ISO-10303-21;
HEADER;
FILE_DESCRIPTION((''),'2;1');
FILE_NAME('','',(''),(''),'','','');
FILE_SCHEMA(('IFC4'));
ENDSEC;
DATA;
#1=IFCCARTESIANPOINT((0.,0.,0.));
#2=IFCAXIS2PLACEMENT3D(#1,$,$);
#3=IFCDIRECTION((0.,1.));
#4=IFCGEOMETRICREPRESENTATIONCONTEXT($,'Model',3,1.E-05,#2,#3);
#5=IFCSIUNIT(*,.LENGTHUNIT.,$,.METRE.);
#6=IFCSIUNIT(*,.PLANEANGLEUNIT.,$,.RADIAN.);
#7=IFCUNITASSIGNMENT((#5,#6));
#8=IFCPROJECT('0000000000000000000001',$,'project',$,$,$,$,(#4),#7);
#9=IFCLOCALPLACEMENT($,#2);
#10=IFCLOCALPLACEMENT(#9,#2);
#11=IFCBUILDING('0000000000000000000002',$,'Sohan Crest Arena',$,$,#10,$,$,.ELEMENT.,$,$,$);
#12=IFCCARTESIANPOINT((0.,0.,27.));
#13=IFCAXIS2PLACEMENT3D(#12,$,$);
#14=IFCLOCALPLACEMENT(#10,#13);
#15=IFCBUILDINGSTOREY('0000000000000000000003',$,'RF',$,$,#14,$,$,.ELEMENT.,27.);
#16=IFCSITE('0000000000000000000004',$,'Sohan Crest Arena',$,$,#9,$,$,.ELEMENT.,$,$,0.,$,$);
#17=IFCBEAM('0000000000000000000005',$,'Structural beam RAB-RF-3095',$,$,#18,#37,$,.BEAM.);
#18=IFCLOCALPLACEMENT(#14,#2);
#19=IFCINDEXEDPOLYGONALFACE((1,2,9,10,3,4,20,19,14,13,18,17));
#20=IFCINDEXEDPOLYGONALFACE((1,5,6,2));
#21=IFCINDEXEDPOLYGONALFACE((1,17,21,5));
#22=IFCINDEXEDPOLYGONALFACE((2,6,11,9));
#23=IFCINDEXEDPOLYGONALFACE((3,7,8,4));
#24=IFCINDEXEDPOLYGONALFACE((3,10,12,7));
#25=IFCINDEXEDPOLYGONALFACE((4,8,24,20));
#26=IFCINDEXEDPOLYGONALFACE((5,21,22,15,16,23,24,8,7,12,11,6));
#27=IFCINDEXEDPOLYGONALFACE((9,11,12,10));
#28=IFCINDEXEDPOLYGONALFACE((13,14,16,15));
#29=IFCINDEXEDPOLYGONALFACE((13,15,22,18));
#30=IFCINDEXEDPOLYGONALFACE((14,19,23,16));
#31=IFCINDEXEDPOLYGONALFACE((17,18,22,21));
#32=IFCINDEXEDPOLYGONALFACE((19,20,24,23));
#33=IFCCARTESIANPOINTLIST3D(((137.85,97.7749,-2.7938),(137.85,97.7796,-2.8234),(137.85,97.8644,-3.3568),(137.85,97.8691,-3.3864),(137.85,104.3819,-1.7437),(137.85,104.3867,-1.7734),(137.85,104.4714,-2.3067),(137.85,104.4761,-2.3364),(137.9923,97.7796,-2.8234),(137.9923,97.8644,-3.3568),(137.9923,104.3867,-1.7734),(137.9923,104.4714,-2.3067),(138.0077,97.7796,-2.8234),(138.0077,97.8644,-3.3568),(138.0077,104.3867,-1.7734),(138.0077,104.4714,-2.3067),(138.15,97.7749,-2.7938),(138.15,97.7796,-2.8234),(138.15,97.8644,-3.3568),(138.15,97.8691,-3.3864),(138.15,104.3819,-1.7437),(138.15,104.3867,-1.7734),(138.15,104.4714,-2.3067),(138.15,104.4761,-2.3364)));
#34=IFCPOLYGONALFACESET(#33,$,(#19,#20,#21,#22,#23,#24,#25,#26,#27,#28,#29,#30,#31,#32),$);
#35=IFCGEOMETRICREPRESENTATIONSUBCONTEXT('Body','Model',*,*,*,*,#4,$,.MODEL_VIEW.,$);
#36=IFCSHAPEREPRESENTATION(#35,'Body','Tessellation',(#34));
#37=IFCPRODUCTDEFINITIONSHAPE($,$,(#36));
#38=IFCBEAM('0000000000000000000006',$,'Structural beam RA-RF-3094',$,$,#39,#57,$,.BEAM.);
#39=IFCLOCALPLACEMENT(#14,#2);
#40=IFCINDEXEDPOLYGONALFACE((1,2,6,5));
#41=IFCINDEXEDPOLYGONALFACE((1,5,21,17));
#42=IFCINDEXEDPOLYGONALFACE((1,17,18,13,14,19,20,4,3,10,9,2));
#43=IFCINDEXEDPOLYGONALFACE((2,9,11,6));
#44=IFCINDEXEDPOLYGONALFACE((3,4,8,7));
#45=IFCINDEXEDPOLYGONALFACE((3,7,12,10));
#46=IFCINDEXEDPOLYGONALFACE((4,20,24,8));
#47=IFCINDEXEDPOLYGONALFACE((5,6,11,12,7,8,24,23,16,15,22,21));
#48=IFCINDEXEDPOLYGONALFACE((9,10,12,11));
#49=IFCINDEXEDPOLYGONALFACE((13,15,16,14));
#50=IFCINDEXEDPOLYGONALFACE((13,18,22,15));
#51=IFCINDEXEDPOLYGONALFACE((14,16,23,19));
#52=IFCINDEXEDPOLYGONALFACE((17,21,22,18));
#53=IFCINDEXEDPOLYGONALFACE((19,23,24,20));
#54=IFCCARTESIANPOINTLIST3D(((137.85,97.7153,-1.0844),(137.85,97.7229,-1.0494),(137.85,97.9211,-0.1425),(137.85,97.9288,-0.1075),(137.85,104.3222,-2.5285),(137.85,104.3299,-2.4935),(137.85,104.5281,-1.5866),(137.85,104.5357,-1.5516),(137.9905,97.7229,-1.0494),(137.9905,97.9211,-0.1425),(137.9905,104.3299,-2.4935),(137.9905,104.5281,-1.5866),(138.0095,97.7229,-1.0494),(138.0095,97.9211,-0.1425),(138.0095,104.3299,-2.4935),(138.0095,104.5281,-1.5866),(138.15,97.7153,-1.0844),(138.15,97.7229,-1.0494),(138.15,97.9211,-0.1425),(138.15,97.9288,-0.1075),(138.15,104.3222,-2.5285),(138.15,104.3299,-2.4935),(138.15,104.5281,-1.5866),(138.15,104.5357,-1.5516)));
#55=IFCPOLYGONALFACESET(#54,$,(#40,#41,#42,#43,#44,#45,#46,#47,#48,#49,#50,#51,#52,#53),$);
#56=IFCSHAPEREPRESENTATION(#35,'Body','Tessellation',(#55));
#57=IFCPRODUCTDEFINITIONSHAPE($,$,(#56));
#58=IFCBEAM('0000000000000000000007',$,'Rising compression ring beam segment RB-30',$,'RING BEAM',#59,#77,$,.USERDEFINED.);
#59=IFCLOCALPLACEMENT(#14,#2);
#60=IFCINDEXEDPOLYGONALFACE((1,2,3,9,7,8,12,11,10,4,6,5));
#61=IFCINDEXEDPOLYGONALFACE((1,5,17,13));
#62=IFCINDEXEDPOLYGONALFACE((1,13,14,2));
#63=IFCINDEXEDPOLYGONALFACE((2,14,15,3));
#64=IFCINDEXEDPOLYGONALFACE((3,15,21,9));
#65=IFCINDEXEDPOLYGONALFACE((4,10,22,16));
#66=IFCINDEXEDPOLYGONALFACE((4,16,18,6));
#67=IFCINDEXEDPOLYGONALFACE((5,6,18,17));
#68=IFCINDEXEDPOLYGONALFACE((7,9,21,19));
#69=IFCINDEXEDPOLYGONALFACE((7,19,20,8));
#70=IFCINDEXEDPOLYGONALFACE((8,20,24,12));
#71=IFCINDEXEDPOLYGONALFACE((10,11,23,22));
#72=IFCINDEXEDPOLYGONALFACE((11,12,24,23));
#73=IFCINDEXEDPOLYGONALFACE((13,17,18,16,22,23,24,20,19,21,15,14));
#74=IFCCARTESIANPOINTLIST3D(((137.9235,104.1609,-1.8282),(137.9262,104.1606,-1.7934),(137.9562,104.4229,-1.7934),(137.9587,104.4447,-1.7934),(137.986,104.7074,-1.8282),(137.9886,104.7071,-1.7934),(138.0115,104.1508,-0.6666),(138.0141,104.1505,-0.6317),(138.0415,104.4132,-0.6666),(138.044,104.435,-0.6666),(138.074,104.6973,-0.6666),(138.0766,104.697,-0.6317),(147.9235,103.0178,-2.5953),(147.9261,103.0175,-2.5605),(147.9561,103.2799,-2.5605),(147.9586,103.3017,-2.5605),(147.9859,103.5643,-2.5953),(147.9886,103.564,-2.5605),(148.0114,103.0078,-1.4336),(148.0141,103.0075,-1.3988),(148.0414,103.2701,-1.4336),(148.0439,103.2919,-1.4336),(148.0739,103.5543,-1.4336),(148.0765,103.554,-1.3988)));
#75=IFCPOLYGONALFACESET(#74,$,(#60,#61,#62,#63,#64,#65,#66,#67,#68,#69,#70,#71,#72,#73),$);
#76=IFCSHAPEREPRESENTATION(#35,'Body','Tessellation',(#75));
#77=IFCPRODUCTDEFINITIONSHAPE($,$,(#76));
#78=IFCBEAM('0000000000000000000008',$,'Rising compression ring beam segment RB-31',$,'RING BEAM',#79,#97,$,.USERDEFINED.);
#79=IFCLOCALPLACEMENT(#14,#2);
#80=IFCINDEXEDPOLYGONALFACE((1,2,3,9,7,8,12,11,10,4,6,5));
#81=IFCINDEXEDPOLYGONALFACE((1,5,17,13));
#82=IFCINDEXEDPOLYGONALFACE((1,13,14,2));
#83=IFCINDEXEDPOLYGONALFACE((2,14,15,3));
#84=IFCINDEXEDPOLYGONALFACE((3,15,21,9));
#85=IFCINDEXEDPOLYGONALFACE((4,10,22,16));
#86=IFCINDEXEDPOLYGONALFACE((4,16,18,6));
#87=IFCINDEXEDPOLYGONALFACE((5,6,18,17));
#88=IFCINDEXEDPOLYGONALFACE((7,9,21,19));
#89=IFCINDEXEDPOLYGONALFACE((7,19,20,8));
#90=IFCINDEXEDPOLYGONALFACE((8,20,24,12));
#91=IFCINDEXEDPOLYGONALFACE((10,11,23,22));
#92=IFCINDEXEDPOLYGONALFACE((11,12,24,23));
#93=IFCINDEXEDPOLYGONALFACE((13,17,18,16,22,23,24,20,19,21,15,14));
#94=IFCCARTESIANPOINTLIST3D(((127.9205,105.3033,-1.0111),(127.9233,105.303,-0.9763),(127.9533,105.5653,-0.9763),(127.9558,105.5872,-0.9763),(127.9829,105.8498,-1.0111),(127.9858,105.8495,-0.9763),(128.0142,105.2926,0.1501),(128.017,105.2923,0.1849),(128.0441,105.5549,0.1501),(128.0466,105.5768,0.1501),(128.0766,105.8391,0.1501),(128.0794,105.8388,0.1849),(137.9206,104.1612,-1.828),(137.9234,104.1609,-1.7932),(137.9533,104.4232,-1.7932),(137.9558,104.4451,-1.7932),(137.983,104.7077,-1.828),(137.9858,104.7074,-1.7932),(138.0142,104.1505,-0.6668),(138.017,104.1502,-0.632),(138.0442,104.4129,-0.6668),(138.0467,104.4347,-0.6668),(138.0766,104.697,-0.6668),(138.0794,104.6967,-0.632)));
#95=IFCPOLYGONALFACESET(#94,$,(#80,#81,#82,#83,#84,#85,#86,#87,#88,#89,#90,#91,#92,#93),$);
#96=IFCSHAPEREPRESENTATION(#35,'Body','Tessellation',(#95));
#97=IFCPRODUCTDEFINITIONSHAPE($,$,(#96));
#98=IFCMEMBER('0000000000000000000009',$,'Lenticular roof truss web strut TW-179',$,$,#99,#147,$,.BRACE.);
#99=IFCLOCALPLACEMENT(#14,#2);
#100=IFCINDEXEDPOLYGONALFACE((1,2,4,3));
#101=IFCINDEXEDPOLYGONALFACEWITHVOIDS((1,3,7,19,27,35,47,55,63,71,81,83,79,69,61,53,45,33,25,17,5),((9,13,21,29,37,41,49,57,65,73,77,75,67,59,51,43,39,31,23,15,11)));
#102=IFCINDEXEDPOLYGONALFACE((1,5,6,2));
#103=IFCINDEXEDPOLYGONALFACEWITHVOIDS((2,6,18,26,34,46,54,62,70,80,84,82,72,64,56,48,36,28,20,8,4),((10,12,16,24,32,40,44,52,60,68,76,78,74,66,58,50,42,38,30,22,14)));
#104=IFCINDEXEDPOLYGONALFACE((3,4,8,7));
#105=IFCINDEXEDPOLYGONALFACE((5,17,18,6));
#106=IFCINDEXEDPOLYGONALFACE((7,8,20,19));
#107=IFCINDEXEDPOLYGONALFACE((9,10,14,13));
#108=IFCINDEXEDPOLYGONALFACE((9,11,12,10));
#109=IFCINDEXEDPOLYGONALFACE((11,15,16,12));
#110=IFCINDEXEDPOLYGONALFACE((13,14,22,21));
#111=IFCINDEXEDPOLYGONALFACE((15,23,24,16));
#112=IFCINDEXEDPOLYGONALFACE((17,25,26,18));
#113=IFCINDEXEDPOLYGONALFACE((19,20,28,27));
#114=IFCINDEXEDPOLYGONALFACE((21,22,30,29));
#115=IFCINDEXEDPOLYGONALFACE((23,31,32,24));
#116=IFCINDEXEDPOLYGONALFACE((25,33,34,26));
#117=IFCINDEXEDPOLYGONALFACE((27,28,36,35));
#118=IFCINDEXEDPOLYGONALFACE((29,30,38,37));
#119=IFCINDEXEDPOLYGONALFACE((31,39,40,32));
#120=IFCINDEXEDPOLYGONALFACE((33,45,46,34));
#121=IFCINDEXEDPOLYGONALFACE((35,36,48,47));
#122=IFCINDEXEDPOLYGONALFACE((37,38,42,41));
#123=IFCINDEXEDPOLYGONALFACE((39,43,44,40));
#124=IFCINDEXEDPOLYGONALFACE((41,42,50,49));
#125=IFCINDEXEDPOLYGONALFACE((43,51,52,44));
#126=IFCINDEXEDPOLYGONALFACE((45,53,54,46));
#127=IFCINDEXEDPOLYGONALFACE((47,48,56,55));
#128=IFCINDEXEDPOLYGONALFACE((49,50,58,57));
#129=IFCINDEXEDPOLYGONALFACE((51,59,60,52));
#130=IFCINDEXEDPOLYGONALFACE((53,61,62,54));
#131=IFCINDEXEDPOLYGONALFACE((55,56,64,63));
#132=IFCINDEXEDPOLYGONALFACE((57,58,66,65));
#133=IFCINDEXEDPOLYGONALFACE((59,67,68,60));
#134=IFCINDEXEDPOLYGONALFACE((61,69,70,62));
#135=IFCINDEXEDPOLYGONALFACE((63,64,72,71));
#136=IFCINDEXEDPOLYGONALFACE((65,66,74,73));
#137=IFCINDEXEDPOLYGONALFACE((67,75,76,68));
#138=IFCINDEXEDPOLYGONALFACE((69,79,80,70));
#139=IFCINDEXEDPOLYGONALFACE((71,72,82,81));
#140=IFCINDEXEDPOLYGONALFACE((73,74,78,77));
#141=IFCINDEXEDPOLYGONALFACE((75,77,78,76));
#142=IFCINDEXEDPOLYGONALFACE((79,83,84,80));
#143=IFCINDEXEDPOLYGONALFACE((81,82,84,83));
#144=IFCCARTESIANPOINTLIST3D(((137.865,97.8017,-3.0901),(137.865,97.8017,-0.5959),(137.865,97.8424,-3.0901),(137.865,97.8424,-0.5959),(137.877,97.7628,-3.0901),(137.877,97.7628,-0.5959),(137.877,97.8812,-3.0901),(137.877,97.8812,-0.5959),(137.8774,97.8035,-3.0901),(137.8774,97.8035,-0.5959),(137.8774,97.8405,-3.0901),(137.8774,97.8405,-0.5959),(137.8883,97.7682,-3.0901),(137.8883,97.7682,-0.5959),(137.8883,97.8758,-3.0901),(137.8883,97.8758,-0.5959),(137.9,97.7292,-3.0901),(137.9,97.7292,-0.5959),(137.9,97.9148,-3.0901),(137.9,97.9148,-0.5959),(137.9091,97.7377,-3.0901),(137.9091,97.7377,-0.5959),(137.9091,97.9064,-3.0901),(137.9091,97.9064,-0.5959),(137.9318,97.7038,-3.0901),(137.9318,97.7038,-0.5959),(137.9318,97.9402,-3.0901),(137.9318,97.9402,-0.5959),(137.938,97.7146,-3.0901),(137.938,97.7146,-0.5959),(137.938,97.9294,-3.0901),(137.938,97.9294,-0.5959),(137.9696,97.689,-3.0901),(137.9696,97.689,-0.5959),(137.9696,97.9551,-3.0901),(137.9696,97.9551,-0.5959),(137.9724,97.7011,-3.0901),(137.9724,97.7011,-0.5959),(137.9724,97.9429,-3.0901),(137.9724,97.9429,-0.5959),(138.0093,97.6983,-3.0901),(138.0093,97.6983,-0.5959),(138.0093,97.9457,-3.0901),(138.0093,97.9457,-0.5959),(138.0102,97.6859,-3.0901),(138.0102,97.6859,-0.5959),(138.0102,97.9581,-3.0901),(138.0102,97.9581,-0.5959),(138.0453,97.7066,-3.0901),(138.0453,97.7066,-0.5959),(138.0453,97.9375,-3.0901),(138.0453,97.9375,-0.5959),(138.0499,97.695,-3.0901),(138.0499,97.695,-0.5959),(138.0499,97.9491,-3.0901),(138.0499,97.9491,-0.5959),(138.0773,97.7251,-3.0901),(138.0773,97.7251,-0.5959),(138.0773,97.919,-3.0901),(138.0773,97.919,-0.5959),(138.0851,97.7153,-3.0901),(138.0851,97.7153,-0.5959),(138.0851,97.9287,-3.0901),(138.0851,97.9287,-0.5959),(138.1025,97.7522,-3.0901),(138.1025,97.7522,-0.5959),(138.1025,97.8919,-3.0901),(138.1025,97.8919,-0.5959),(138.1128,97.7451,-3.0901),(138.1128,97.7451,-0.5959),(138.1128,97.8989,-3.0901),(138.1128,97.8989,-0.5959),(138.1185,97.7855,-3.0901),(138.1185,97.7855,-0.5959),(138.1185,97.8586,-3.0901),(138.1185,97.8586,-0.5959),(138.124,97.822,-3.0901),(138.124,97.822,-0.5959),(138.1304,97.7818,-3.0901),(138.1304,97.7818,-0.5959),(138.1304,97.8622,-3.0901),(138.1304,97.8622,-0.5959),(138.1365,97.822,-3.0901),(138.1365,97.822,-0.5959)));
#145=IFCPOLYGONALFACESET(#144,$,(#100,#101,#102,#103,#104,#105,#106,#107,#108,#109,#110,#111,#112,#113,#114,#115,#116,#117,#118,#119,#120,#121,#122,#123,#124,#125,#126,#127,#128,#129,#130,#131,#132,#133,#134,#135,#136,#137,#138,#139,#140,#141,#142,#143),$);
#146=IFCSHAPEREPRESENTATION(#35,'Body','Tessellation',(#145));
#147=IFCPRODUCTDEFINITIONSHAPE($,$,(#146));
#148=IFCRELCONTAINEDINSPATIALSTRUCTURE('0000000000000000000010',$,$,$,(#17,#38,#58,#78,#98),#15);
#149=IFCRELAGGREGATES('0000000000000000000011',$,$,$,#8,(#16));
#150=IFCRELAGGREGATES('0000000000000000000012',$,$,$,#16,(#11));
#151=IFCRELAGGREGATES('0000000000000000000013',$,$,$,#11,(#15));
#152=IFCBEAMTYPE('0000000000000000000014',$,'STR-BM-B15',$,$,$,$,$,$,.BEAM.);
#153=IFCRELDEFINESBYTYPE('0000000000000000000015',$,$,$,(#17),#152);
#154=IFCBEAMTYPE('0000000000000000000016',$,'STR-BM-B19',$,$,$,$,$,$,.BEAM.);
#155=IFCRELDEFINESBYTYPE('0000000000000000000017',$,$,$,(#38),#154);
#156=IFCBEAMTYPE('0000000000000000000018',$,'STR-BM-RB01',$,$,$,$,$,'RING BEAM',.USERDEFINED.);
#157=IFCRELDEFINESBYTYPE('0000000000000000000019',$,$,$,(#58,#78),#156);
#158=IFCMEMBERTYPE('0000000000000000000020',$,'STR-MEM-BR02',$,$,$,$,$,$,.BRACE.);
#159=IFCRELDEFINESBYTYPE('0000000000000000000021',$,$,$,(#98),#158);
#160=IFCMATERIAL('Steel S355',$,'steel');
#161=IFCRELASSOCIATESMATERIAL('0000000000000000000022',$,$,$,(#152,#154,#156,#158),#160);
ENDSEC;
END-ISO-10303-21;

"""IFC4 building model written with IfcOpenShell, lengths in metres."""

from ifc_helpers import new_model, si_unit, direction, frame, origin, origin_2d, place, context, subcontext, project, spatial, hollow_circle, i_section, extrude, material, material_profile, profile_set, type_object, element, save


model = new_model("IFC4")

# Units and contexts
model_context = context("Model", 3, precision=1e-05, world=origin(), true_north=direction((0.0, 1.0)))
body_context = subcontext(model_context, "Body", "Model", "MODEL_VIEW")
ifc_project = project(units=[si_unit("LENGTHUNIT", "METRE"), si_unit("PLANEANGLEUNIT", "RADIAN")], contexts=[model_context])

# Site, building, storey
site_placement = place(None, origin())
site = spatial("IfcSite", under=ifc_project, at=site_placement, Name="Sohan Crest Arena", CompositionType="ELEMENT", RefElevation=0.0)
building_placement = place(site_placement, origin())
building = spatial("IfcBuilding", under=site, at=building_placement, Name="Sohan Crest Arena", CompositionType="ELEMENT")
storey_placement = place(building_placement, frame((0.0, 0.0, 27.0)))
storey = spatial("IfcBuildingStorey", under=building, at=storey_placement, Name="RF", CompositionType="ELEMENT", Elevation=27.0)

# Beams
ifc_material_1 = material(Name="Steel S355", Category="steel")
ifc_material_profile_1 = material_profile(ifc_material_1, i_section(OverallWidth=0.3, OverallDepth=0.6001, WebThickness=0.0154, FlangeThickness=0.03, at=origin_2d()), Name="HEB 600")
ifc_profile_set_1 = profile_set([ifc_material_profile_1], Name="Steel S355")
beam_type_1 = type_object("IfcBeamType", Name="STR-BM-B15", PredefinedType="BEAM", material=ifc_profile_set_1)
beam_1_placement = place(storey_placement, frame((138.0, 97.822, -3.0901), z_axis=(0.0, 0.987605, 0.156961), x_axis=(-1.0, 0.0, 0.0)))
element("IfcBeam", 1, at=beam_1_placement, inside=storey, type_object=beam_type_1, Name="Structural beam RAB-RF-3095", PredefinedType="BEAM", context=body_context, shape_type="SweptSolid", body=[
    extrude(i_section(OverallWidth=0.3, OverallDepth=0.6001, WebThickness=0.0154, FlangeThickness=0.03, at=origin_2d()), origin(), (0.0, 0.0, 1.0), 6.6899),
])
ifc_material_profile_2 = material_profile(ifc_material_1, i_section(OverallWidth=0.3, OverallDepth=1.0, WebThickness=0.019, FlangeThickness=0.0359, at=origin_2d()), Name="HEB 1000")
ifc_profile_set_2 = profile_set([ifc_material_profile_2], Name="Steel S355")
beam_type_2 = type_object("IfcBeamType", Name="STR-BM-B19", PredefinedType="BEAM", material=ifc_profile_set_2)
beam_2_placement = place(storey_placement, frame((138.0, 97.822, -0.5959), z_axis=(0.0, 0.976936, -0.213531), x_axis=(-1.0, 0.0, 0.0)))
element("IfcBeam", 2, at=beam_2_placement, inside=storey, type_object=beam_type_2, Name="Structural beam RA-RF-3094", PredefinedType="BEAM", context=body_context, shape_type="SweptSolid", body=[
    extrude(i_section(OverallWidth=0.3, OverallDepth=1.0, WebThickness=0.019, FlangeThickness=0.0359, at=origin_2d()), origin(), (0.0, 0.0, 1.0), 6.7629),
])
ifc_material_profile_3 = material_profile(ifc_material_1, i_section(OverallWidth=0.55, OverallDepth=1.2, WebThickness=0.022, FlangeThickness=0.0349, at=origin_2d()), Name="PG 1200x550x22x35")
ifc_profile_set_3 = profile_set([ifc_material_profile_3], Name="Steel S355")
beam_type_3 = type_object("IfcBeamType", Name="STR-BM-RB01", ElementType="RING BEAM", PredefinedType="USERDEFINED", material=ifc_profile_set_3)
beam_3_placement = place(storey_placement, frame((148.0, 103.2859, -1.9971), z_axis=(-0.990657, 0.113239, 0.075992), x_axis=(-0.113567, -0.99353, 0.0)))
element("IfcBeam", 3, at=beam_3_placement, inside=storey, type_object=beam_type_3, Name="Rising compression ring beam segment RB-30", ObjectType="RING BEAM", PredefinedType="USERDEFINED", context=body_context, shape_type="SweptSolid", body=[
    extrude(i_section(OverallWidth=0.55, OverallDepth=1.2, WebThickness=0.022, FlangeThickness=0.0349, at=origin_2d()), origin(), (0.0, 0.0, 1.0), 10.0942),
])
beam_4_placement = place(storey_placement, frame((138.0, 104.429, -1.23), z_axis=(-0.990285, 0.113099, 0.080896), x_axis=(-0.113471, -0.993541, 0.0)))
element("IfcBeam", 4, at=beam_4_placement, inside=storey, type_object=beam_type_3, Name="Rising compression ring beam segment RB-31", ObjectType="RING BEAM", PredefinedType="USERDEFINED", context=body_context, shape_type="SweptSolid", body=[
    extrude(i_section(OverallWidth=0.55, OverallDepth=1.2, WebThickness=0.022, FlangeThickness=0.0349, at=origin_2d()), origin(), (0.0, 0.0, 1.0), 10.0981),
])

# Member
ifc_material_profile_4 = material_profile(ifc_material_1, hollow_circle(Radius=0.1365, WallThickness=0.0125, at=origin_2d()), Name="CHS 273x12.5")
ifc_profile_set_4 = profile_set([ifc_material_profile_4], Name="Steel S355")
member_type_1 = type_object("IfcMemberType", Name="STR-MEM-BR02", PredefinedType="BRACE", material=ifc_profile_set_4)
member_1_placement = place(storey_placement, frame((138.0, 97.822, -3.0901), z_axis=(0.0, 0.0, 1.0), x_axis=(1.0, 0.0, 0.0)))
element("IfcMember", 5, at=member_1_placement, inside=storey, type_object=member_type_1, Name="Lenticular roof truss web strut TW-179", PredefinedType="BRACE", context=body_context, shape_type="SweptSolid", body=[
    extrude(hollow_circle(Radius=0.1365, WallThickness=0.0125, at=origin_2d()), origin(), (0.0, 0.0, 1.0), 2.4941),
])

save(model, "model.ifc")
